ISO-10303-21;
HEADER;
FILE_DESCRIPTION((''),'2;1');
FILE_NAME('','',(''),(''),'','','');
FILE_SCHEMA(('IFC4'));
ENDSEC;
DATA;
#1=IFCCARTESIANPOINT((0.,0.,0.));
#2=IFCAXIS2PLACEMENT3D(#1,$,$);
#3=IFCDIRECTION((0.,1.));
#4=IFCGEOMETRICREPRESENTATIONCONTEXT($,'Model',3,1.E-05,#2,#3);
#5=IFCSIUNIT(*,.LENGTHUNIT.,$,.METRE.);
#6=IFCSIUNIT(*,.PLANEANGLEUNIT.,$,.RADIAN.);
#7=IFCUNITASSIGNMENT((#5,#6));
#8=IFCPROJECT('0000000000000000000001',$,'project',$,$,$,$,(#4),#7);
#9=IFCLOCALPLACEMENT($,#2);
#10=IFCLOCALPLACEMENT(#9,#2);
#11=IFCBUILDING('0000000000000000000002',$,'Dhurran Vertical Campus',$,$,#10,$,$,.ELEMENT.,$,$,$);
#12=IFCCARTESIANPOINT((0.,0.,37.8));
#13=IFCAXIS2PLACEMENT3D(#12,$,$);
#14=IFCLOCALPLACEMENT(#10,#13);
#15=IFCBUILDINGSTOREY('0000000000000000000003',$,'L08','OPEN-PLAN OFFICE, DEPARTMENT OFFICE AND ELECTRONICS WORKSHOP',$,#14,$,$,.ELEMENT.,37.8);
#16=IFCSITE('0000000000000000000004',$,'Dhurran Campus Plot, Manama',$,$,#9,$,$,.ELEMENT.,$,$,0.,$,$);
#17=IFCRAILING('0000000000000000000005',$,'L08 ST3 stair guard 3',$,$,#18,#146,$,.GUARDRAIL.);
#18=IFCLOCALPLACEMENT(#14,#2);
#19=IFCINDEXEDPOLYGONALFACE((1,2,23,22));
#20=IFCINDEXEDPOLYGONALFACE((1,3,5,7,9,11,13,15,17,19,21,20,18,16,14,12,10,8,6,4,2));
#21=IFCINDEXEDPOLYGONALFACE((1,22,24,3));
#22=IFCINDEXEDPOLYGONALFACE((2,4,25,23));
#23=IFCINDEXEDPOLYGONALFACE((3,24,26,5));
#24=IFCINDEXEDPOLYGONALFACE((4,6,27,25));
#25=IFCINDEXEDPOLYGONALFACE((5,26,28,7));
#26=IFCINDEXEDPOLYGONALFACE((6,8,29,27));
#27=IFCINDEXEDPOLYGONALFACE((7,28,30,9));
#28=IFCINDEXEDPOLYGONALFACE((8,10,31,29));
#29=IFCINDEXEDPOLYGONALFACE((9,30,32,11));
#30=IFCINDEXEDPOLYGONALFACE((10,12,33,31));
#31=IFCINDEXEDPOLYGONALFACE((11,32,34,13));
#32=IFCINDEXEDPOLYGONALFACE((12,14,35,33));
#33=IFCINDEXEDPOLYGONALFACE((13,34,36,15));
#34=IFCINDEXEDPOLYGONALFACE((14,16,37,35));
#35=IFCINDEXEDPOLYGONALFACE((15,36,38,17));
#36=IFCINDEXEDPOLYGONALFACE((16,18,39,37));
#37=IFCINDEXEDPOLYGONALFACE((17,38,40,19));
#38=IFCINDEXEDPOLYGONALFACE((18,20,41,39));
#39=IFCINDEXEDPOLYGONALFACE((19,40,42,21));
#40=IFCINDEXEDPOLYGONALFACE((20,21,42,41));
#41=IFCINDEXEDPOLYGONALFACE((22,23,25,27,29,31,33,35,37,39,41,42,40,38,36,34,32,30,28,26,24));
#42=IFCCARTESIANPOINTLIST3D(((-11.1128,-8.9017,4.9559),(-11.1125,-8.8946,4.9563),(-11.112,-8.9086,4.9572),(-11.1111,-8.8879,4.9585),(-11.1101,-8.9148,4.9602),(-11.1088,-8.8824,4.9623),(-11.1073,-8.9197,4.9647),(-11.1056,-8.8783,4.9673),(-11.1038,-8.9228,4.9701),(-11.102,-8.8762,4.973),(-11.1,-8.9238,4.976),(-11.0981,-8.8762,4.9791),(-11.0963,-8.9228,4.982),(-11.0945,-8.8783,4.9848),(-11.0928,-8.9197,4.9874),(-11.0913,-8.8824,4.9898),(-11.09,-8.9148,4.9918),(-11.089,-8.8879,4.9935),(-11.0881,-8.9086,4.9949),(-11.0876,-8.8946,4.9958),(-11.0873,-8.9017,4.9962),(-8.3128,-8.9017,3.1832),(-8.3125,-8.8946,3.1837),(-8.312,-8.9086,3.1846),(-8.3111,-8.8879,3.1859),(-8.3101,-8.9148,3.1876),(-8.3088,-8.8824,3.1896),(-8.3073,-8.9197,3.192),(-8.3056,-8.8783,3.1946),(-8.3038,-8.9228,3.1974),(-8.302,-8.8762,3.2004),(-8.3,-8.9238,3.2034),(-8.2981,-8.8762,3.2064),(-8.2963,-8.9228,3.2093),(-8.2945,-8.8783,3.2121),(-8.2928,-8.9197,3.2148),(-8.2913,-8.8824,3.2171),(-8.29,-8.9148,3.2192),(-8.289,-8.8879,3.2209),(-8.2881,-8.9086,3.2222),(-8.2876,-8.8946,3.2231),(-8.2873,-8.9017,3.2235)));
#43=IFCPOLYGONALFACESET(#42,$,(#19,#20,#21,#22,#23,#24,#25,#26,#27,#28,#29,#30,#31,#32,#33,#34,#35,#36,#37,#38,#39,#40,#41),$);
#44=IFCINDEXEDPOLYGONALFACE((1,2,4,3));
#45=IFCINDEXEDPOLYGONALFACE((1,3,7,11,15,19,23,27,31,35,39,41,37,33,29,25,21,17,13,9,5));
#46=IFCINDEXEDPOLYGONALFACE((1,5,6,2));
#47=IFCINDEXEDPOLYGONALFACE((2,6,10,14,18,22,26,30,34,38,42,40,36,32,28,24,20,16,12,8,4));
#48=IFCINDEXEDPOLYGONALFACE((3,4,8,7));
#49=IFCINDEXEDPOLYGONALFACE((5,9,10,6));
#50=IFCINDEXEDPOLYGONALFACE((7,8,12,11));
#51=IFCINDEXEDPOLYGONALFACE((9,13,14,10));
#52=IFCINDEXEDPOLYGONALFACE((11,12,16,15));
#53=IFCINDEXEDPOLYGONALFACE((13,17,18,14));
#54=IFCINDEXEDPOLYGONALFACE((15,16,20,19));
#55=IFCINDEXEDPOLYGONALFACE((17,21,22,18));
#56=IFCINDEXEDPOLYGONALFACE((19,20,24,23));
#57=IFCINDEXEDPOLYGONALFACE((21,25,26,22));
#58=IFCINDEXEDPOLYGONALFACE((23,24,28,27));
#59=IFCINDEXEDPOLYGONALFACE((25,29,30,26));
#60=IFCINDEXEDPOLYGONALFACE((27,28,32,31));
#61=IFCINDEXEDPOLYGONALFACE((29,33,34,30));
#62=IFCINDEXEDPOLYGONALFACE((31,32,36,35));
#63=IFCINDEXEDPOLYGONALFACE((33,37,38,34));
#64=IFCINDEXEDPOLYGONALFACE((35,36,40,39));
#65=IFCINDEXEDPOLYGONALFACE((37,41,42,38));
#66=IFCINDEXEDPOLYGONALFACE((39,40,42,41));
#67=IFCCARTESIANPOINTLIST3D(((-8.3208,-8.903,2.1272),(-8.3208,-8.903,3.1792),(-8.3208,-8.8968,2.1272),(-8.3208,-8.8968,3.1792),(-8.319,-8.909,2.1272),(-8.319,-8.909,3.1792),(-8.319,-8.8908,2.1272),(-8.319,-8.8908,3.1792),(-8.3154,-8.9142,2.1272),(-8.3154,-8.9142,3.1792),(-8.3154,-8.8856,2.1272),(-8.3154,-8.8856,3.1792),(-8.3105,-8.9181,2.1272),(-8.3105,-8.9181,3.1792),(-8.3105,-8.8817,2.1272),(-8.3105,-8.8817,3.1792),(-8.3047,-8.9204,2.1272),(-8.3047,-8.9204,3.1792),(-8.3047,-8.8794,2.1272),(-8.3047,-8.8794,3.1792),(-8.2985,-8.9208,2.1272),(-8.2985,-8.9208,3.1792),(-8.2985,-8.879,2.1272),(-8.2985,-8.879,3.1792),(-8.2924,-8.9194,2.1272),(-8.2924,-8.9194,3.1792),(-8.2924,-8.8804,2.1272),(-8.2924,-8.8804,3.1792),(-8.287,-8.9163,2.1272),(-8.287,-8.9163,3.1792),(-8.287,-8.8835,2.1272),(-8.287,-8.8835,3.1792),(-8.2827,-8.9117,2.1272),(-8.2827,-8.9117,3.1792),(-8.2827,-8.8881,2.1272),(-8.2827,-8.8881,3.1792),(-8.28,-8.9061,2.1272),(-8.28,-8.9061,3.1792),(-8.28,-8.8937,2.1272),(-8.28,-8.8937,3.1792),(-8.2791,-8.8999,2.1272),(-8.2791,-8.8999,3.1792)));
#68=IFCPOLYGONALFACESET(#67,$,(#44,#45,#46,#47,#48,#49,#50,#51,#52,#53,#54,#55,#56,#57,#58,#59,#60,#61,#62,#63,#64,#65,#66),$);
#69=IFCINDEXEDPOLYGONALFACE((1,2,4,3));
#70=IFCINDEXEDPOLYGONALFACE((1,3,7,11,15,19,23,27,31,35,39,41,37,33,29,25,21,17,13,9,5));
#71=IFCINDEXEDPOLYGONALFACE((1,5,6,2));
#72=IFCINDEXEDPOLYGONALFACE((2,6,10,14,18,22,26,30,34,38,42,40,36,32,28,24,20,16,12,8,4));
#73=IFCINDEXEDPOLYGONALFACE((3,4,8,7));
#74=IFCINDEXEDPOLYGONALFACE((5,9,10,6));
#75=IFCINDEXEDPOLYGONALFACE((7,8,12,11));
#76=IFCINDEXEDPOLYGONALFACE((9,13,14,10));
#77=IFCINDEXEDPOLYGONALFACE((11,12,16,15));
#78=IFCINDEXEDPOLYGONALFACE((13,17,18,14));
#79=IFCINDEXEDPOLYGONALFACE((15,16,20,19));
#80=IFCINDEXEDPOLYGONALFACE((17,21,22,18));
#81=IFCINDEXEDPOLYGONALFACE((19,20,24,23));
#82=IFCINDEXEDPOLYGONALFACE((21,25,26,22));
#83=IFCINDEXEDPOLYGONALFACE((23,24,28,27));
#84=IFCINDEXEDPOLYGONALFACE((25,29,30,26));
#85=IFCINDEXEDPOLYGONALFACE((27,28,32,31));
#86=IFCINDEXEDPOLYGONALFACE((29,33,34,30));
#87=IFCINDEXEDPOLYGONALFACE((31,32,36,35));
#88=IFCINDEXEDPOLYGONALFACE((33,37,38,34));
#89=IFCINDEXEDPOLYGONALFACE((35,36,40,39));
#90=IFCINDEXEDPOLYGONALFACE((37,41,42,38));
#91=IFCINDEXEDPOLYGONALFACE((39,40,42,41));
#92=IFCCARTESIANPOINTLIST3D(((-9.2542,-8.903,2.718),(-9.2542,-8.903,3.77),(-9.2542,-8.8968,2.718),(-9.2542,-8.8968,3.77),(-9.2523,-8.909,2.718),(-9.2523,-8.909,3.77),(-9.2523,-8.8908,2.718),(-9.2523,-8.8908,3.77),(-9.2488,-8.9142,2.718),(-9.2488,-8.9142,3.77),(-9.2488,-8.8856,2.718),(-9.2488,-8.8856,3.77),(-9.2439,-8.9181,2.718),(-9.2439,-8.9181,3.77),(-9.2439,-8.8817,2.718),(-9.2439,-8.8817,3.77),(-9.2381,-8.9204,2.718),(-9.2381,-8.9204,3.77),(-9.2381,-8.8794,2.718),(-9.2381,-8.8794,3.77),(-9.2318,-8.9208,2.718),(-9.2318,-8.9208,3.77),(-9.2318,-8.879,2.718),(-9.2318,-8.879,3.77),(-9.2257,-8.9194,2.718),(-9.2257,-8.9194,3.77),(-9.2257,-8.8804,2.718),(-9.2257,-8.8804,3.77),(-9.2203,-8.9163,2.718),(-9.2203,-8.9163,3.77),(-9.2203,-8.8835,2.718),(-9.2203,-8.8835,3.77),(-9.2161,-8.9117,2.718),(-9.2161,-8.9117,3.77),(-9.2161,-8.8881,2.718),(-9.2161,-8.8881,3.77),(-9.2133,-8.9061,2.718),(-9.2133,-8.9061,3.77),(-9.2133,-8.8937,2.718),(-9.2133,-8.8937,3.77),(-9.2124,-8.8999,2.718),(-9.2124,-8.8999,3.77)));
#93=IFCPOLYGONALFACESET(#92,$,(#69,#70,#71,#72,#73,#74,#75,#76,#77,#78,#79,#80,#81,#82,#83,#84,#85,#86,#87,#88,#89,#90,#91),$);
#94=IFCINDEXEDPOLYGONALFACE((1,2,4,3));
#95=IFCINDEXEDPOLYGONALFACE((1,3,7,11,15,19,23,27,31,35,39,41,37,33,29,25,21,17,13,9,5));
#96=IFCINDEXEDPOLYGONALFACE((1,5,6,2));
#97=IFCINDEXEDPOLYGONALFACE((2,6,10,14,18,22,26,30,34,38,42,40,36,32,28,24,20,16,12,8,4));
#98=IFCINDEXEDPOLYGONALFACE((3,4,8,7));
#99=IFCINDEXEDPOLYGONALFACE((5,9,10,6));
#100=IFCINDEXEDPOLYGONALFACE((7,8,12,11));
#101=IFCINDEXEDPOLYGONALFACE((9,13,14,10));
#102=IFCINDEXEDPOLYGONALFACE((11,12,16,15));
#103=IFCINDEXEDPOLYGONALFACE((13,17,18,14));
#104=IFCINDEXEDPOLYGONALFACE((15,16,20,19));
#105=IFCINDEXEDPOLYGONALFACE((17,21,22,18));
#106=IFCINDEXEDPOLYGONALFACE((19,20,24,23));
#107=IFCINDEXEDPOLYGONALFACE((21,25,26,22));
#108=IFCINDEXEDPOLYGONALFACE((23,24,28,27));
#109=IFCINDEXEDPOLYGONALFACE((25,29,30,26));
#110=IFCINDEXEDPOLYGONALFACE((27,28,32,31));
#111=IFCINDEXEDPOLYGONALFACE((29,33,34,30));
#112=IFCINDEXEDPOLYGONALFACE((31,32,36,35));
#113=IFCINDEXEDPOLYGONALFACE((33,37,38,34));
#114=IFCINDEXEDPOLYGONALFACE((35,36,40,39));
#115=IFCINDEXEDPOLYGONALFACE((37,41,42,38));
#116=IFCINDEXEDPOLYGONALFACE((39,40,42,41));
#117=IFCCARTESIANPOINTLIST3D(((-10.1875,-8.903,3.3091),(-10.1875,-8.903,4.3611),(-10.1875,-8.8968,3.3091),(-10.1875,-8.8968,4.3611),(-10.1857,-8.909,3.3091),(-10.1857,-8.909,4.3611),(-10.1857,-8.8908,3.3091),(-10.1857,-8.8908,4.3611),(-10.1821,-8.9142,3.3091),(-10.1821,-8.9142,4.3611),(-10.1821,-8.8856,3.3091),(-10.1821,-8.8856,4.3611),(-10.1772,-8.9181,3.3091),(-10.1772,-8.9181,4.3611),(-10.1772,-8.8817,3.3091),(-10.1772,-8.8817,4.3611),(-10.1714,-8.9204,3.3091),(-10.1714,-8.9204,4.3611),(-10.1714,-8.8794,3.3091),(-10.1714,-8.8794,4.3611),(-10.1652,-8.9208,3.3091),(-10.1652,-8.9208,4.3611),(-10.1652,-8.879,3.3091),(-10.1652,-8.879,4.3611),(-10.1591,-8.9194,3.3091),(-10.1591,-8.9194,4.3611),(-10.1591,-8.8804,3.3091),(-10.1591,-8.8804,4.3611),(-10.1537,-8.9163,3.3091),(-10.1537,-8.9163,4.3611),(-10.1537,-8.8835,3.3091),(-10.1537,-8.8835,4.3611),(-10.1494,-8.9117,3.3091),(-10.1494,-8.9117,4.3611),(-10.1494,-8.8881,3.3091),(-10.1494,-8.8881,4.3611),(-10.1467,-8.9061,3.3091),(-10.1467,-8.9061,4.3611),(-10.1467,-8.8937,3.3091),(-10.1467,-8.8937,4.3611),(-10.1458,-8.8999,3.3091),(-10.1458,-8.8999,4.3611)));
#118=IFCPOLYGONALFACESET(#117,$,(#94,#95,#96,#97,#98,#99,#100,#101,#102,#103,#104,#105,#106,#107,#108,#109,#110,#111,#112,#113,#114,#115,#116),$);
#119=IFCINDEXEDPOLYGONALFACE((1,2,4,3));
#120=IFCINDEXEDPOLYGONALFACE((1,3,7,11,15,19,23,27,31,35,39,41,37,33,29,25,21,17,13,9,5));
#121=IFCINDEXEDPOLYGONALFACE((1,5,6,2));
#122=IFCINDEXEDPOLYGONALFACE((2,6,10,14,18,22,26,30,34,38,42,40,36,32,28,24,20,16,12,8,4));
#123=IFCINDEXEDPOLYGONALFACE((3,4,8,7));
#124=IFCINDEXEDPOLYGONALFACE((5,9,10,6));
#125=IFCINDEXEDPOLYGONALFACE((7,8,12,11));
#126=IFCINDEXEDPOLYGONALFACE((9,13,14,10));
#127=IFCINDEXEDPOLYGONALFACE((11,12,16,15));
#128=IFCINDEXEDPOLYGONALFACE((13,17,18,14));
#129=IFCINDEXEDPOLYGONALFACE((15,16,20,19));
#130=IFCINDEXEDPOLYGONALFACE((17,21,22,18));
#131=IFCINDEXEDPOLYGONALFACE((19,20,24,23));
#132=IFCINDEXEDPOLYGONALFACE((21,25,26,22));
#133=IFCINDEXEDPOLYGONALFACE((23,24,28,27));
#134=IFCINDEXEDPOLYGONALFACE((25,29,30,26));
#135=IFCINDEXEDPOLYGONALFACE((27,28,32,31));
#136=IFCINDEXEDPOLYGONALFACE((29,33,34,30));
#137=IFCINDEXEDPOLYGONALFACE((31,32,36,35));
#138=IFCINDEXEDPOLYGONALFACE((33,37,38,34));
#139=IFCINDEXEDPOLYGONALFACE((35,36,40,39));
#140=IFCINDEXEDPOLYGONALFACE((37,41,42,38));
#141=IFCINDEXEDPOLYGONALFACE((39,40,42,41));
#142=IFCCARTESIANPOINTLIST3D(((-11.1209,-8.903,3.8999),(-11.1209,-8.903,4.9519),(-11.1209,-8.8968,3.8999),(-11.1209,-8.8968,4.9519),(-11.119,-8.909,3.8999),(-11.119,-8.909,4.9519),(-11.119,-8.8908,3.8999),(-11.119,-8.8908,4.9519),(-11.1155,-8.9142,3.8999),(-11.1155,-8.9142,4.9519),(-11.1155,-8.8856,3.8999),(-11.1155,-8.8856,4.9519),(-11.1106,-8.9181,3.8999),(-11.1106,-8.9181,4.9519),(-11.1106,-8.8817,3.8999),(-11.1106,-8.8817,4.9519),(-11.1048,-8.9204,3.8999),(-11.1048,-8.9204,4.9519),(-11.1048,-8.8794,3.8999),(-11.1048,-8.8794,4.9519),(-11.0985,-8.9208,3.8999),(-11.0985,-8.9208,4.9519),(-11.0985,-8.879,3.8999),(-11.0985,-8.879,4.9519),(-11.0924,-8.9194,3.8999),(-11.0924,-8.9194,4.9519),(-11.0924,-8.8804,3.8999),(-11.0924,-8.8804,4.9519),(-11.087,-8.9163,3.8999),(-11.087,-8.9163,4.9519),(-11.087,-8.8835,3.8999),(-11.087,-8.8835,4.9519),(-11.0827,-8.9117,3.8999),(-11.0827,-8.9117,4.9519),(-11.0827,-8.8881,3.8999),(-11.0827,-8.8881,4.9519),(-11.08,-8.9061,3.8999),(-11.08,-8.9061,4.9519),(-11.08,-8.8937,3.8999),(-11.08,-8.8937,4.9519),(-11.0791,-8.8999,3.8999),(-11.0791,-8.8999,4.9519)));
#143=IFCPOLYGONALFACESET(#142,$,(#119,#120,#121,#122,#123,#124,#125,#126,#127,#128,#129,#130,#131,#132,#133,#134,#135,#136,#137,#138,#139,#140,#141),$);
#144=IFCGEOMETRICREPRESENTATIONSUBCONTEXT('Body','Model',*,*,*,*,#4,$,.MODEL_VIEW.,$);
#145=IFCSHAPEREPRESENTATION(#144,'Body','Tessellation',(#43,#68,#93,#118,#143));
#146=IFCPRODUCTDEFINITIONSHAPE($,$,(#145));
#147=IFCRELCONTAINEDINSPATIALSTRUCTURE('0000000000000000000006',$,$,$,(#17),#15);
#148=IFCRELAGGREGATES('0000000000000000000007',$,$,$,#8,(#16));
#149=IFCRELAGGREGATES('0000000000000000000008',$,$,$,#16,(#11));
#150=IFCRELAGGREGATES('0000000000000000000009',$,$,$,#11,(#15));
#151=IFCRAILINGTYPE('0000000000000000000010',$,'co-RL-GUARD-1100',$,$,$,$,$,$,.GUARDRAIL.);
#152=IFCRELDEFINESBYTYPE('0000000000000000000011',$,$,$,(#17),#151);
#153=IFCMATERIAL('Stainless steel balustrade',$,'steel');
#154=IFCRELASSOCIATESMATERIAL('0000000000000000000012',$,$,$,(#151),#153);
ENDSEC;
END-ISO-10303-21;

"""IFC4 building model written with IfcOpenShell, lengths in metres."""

from ifc_helpers import new_model, si_unit, direction, frame, origin, origin_2d, place, context, subcontext, project, spatial, circle, extrude, material, type_object, element, save


model = new_model("IFC4")

# Units and contexts
model_context = context("Model", 3, precision=1e-05, world=origin(), true_north=direction((0.0, 1.0)))
body_context = subcontext(model_context, "Body", "Model", "MODEL_VIEW")
ifc_project = project(units=[si_unit("LENGTHUNIT", "METRE"), si_unit("PLANEANGLEUNIT", "RADIAN")], contexts=[model_context])

# Site, building, storey
site_placement = place(None, origin())
site = spatial("IfcSite", under=ifc_project, at=site_placement, Name="Dhurran Campus Plot, Manama", CompositionType="ELEMENT", RefElevation=0.0)
building_placement = place(site_placement, origin())
building = spatial("IfcBuilding", under=site, at=building_placement, Name="Dhurran Vertical Campus", CompositionType="ELEMENT")
storey_placement = place(building_placement, frame((0.0, 0.0, 37.8)))
storey = spatial("IfcBuildingStorey", under=building, at=storey_placement, Name="L08", Description="OPEN-PLAN OFFICE, DEPARTMENT OFFICE AND ELECTRONICS WORKSHOP", CompositionType="ELEMENT", Elevation=37.8)

# Railing
ifc_material_1 = material(Name="Stainless steel balustrade", Category="steel")
railing_type_1 = type_object("IfcRailingType", Name="co-RL-GUARD-1100", PredefinedType="GUARDRAIL", material=ifc_material_1)
railing_1_placement = place(storey_placement, frame((-8.3, -8.8999, 2.1272)))
element("IfcRailing", 1, at=railing_1_placement, inside=storey, type_object=railing_type_1, Name="L08 ST3 stair guard 3", PredefinedType="GUARDRAIL", context=body_context, shape_type="SweptSolid", body=[
    extrude(circle(Radius=0.0239, at=origin_2d()), frame((0.0, 0.0, 1.0762), z_axis=(-0.844909, 0.0, 0.53491), x_axis=(0.0, -1.0, 0.0)), (0.0, 0.0, 1.0), 3.314),
    extrude(circle(Radius=0.021, at=origin_2d()), origin(), (0.0, 0.0, 1.0), 1.052),
    extrude(circle(Radius=0.021, at=origin_2d()), frame((-0.9333, 0.0, 0.5908)), (0.0, 0.0, 1.0), 1.052),
    extrude(circle(Radius=0.021, at=origin_2d()), frame((-1.8667, 0.0, 1.1819)), (0.0, 0.0, 1.0), 1.052),
    extrude(circle(Radius=0.021, at=origin_2d()), frame((-2.8, 0.0, 1.7727)), (0.0, 0.0, 1.0), 1.052),
])

save(model, "model.ifc")
